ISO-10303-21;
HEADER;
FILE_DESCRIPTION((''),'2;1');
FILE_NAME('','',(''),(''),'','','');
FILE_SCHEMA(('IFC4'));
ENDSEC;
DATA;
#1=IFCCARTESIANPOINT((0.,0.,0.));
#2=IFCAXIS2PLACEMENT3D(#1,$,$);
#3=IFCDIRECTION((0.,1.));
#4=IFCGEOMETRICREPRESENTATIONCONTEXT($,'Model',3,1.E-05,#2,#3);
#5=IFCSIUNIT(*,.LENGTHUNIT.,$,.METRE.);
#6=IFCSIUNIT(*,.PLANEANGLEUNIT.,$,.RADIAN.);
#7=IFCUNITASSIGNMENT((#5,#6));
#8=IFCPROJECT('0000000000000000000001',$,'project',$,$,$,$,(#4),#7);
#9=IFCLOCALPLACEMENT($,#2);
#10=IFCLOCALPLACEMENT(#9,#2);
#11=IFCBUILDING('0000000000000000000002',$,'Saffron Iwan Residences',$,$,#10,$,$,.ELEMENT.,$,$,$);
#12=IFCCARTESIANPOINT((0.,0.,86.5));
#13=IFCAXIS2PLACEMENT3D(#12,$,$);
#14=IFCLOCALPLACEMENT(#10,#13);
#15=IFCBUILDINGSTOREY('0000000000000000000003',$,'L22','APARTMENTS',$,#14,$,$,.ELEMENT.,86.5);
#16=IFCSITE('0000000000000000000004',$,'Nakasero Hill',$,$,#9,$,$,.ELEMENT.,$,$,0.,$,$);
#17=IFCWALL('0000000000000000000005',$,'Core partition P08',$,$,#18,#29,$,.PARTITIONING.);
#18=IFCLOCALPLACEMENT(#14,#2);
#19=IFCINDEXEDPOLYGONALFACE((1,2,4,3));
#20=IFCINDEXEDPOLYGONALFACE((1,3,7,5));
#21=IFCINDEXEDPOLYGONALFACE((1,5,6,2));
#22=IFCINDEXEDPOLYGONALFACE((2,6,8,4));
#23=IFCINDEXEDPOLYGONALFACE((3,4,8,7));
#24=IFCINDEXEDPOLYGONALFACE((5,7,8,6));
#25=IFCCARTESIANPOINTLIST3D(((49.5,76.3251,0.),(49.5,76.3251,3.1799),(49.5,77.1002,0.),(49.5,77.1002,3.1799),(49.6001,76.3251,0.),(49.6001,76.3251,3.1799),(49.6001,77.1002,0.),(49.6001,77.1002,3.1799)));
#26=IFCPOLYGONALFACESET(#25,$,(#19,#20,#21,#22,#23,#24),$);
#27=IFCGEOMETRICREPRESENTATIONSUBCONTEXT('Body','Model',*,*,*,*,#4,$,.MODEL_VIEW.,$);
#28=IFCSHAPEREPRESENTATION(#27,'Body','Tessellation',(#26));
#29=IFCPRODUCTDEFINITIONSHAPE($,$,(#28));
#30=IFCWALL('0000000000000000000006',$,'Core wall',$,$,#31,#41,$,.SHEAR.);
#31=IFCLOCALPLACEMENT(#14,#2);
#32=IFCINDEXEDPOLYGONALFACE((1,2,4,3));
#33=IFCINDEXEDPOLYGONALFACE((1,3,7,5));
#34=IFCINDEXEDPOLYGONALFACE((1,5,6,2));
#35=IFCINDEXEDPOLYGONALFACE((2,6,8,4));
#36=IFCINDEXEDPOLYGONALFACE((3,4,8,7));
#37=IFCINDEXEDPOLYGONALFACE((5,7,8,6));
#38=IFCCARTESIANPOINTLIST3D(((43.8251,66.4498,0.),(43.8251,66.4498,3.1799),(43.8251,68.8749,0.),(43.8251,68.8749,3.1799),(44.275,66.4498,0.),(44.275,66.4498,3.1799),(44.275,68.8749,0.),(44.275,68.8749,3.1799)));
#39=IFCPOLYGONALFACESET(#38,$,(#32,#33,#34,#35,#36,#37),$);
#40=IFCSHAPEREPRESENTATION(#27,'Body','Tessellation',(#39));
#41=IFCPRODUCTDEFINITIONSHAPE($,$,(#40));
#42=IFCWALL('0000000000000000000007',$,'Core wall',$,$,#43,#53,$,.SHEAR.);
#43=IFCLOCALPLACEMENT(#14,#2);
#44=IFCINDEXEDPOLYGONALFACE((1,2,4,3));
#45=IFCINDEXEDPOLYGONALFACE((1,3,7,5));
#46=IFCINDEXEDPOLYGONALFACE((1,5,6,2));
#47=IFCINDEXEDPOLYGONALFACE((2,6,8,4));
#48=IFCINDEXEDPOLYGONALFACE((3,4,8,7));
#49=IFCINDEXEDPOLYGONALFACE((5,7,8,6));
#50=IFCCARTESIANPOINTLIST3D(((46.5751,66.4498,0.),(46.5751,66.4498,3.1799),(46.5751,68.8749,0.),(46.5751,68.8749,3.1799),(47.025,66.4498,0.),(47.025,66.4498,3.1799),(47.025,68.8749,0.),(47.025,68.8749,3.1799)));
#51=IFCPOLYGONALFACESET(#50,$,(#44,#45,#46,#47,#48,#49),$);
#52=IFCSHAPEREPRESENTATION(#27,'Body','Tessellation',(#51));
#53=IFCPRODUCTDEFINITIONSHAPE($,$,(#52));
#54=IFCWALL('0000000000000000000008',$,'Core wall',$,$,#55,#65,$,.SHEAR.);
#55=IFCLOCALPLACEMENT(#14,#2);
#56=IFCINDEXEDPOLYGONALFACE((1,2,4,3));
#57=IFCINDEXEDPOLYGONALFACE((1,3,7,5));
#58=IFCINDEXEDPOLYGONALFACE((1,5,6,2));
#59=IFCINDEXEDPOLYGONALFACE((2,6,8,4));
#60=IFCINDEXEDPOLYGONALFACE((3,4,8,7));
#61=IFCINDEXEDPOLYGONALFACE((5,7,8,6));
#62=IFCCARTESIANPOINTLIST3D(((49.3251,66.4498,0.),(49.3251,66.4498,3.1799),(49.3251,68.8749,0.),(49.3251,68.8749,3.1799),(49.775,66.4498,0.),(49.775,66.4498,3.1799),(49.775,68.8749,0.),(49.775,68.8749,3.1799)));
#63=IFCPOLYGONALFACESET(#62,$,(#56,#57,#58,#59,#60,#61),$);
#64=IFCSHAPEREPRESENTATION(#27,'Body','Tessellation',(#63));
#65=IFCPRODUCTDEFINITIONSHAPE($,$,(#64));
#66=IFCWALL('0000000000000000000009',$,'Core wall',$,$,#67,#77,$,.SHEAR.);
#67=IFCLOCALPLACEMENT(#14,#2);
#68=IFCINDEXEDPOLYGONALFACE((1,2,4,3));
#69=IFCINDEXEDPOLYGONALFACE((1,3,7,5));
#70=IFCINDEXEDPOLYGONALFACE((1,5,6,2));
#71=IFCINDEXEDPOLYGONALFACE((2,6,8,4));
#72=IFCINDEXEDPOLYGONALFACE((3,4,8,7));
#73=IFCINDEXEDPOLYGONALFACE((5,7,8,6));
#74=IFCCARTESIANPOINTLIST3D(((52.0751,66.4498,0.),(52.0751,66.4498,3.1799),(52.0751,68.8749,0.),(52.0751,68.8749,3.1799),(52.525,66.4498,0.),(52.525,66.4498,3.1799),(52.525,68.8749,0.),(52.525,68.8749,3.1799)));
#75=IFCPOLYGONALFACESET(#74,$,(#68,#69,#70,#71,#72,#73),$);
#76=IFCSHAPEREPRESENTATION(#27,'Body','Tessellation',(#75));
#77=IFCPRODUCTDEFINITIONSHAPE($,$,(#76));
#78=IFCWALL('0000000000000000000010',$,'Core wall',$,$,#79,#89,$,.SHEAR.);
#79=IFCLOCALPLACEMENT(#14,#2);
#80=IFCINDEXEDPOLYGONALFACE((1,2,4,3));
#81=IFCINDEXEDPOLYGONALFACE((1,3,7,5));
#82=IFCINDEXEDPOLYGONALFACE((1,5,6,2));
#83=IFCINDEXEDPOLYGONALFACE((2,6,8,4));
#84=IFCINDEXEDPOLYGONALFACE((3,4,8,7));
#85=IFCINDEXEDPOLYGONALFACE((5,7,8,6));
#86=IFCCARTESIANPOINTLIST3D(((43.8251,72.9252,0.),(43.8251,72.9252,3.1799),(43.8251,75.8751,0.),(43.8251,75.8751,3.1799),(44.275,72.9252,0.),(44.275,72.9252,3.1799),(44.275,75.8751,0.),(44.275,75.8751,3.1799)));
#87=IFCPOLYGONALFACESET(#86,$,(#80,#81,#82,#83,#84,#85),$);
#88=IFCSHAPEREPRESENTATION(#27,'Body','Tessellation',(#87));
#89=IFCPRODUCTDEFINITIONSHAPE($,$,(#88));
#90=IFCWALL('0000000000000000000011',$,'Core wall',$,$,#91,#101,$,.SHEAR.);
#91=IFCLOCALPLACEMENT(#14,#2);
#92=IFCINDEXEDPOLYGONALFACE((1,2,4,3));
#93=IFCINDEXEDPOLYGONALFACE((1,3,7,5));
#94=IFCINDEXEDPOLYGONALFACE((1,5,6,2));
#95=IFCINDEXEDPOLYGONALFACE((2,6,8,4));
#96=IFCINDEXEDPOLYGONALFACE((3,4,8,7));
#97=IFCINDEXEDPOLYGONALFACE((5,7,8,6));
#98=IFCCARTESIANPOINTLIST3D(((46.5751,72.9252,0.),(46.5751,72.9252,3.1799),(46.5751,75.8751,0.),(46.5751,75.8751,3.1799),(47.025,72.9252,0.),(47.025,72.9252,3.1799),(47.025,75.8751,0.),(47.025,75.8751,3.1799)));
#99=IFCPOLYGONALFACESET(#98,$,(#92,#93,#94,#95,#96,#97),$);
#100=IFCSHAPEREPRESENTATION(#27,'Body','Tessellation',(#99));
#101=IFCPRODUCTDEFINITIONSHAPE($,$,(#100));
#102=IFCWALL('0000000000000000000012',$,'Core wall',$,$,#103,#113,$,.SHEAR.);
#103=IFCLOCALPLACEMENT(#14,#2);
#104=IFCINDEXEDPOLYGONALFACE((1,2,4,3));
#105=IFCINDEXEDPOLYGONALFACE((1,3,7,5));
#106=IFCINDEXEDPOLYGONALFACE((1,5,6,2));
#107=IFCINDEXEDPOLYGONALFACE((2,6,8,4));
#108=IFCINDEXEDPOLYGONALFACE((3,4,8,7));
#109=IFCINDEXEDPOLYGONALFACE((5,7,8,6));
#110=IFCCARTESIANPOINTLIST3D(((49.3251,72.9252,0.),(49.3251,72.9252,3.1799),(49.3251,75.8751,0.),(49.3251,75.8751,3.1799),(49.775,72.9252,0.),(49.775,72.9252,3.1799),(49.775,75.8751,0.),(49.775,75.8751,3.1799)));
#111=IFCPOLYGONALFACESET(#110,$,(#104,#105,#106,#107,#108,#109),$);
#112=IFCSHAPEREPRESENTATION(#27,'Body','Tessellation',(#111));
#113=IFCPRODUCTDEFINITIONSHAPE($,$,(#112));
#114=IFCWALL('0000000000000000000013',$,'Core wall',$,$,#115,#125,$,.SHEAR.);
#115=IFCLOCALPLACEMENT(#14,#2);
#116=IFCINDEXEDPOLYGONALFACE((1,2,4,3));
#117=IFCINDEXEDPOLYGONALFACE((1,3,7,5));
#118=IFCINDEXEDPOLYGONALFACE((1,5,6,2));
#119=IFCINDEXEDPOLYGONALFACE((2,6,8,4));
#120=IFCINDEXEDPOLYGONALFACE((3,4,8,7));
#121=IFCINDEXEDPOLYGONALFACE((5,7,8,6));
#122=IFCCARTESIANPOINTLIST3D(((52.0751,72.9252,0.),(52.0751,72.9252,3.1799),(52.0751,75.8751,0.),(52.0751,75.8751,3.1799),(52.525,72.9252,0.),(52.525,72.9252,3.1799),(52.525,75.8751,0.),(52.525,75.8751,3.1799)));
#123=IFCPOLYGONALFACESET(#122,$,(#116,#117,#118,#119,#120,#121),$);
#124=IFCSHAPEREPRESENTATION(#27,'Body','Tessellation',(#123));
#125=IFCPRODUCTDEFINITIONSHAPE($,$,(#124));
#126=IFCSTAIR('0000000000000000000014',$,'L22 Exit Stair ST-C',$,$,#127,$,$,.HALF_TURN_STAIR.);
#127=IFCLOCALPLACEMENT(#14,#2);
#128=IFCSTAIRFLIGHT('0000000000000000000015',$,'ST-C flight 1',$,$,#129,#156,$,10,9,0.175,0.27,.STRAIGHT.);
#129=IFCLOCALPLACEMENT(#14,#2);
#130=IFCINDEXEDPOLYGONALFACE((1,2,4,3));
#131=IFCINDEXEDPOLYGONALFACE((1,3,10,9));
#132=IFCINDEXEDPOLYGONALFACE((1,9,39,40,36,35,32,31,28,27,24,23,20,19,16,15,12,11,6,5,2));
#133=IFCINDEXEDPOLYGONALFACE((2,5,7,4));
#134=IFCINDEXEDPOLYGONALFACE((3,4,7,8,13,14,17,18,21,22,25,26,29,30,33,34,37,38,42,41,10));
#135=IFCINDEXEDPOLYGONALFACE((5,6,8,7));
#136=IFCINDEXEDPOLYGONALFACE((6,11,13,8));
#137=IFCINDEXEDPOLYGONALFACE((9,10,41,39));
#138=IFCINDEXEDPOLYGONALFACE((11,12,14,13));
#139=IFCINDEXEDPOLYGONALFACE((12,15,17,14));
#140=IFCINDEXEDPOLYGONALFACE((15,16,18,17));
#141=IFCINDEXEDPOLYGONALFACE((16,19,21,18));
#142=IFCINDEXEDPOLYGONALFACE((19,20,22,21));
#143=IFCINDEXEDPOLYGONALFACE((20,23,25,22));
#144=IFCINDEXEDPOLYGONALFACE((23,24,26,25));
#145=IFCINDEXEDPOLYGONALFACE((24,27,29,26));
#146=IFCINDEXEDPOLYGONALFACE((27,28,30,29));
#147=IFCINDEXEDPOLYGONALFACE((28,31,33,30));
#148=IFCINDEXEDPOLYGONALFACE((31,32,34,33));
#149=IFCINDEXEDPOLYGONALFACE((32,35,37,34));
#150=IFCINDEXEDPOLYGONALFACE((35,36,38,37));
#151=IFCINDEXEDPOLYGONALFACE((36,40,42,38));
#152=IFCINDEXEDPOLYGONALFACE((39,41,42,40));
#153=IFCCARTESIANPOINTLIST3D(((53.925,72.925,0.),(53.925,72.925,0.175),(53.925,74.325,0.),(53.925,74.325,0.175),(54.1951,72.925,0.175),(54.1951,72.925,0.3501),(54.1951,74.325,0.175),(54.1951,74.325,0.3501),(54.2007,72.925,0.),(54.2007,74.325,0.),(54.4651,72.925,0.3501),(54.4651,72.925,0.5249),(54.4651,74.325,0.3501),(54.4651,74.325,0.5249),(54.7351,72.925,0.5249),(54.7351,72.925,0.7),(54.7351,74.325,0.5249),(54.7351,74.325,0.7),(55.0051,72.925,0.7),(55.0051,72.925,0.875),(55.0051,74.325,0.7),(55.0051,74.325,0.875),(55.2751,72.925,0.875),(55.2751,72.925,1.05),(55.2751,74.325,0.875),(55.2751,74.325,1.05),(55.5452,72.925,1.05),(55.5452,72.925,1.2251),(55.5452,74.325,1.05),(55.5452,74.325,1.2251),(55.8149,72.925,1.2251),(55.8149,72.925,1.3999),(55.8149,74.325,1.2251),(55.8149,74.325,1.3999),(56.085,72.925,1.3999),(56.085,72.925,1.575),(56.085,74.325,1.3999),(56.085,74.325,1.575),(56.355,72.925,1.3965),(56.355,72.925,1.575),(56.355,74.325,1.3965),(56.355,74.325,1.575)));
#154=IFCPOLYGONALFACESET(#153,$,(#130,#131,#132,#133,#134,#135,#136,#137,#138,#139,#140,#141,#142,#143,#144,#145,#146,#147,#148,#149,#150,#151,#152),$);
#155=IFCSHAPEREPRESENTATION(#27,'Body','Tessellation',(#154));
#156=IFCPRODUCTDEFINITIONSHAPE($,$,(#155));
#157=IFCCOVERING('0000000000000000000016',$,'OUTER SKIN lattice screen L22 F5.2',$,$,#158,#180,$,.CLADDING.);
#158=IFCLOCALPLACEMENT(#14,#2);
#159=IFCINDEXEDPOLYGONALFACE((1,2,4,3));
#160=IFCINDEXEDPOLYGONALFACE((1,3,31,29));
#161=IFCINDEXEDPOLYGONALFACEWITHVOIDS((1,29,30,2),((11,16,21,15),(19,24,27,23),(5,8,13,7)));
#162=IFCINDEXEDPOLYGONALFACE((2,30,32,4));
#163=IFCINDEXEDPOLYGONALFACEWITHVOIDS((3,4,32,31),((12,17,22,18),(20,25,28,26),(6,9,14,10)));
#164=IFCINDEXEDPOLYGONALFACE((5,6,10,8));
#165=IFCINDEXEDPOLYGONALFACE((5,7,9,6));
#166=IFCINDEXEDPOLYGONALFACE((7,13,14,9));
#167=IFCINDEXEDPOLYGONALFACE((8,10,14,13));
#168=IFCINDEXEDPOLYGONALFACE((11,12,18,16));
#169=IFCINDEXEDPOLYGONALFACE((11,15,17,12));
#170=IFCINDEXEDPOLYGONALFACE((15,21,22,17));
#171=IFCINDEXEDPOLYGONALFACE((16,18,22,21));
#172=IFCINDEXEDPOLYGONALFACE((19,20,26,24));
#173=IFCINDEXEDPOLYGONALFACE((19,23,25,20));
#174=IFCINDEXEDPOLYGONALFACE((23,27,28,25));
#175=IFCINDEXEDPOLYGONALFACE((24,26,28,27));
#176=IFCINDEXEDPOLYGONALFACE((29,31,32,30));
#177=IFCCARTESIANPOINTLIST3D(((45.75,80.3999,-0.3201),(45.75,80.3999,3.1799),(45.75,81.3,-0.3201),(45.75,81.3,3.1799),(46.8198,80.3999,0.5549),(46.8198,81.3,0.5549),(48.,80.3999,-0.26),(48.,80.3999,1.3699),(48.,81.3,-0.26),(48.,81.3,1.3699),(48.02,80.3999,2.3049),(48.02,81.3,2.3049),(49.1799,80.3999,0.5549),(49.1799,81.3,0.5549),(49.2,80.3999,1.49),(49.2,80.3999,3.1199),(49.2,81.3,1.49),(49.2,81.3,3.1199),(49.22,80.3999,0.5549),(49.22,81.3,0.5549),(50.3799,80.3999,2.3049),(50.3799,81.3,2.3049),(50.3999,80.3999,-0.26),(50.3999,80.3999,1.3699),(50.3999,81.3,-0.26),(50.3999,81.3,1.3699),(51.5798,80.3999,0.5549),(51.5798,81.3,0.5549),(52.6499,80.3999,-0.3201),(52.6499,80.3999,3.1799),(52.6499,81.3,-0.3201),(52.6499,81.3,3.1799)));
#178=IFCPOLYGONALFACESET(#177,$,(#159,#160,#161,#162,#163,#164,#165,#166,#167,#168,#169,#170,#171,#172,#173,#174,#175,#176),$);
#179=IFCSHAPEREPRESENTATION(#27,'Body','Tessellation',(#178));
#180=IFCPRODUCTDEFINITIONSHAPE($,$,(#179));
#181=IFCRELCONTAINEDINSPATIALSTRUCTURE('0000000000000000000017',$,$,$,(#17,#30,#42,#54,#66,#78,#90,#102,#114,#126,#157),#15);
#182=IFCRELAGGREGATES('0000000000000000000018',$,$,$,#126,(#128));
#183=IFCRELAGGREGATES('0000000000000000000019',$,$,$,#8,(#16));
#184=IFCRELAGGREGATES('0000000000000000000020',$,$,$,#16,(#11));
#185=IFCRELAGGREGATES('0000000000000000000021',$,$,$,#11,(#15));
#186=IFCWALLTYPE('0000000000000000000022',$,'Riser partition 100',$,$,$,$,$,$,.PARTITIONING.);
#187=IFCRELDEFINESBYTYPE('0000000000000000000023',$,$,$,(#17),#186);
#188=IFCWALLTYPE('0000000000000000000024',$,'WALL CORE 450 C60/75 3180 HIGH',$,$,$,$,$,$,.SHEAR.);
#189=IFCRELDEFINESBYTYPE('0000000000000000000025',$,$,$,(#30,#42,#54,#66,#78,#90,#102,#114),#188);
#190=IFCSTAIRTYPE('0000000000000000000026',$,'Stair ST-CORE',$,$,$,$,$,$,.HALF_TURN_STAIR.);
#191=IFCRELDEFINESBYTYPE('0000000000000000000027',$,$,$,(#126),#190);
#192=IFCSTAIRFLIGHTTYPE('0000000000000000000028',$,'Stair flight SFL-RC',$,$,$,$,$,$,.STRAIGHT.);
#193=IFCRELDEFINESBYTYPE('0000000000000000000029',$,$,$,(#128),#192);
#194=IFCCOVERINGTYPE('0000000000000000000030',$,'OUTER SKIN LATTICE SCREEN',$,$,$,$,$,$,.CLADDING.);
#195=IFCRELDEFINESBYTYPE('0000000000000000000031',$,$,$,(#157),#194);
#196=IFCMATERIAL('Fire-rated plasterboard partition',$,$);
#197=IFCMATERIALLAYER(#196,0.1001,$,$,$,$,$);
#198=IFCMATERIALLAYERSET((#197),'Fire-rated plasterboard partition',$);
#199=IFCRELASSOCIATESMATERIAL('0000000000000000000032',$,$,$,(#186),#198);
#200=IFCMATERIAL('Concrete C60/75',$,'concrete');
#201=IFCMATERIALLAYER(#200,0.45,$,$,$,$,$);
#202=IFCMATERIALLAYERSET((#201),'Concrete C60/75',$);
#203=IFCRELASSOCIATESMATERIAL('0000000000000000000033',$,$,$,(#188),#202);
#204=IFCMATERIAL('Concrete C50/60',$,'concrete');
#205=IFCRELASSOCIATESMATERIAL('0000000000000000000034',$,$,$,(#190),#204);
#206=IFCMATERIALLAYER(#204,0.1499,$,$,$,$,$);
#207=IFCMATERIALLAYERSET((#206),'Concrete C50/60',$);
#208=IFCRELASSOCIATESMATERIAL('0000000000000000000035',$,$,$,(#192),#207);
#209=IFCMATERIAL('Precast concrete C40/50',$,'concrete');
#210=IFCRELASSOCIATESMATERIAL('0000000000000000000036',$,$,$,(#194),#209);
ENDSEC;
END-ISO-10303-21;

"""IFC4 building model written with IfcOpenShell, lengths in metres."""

from ifc_helpers import new_model, si_unit, direction, frame, frame_2d, origin, place, context, subcontext, project, spatial, polyline, rectangle, outline, extrude, material, layer, layer_set, type_object, element, aggregate, save


model = new_model("IFC4")

# Units and contexts
model_context = context("Model", 3, precision=1e-05, world=origin(), true_north=direction((0.0, 1.0)))
body_context = subcontext(model_context, "Body", "Model", "MODEL_VIEW")
ifc_project = project(units=[si_unit("LENGTHUNIT", "METRE"), si_unit("PLANEANGLEUNIT", "RADIAN")], contexts=[model_context])

# Site, building, storey
site_placement = place(None, origin())
site = spatial("IfcSite", under=ifc_project, at=site_placement, Name="Nakasero Hill", CompositionType="ELEMENT", RefElevation=0.0)
building_placement = place(site_placement, origin())
building = spatial("IfcBuilding", under=site, at=building_placement, Name="Saffron Iwan Residences", CompositionType="ELEMENT")
storey_placement = place(building_placement, frame((0.0, 0.0, 86.5)))
storey = spatial("IfcBuildingStorey", under=building, at=storey_placement, Name="L22", Description="APARTMENTS", CompositionType="ELEMENT", Elevation=86.5)

# Shared definitions
ifc_material_1 = material(Name="Concrete C60/75", Category="concrete")

# Shared definitions
ifc_material_2 = material(Name="Fire-rated plasterboard partition")

# Walls
ifc_layer_1 = layer(ifc_material_2, 0.1001)
ifc_layer_set_1 = layer_set([ifc_layer_1], Name="Fire-rated plasterboard partition")
wall_type_1 = type_object("IfcWallType", Name="Riser partition 100", PredefinedType="PARTITIONING", material=ifc_layer_set_1)
for number, where, z_axis, x_axis, name in (
    (1, (49.55, 76.325, 0.0), (0.0, 0.0, 1.0), (0.0, 1.0, 0.0), "Core partition P08"),
):
    element("IfcWall", number, at=place(storey_placement, frame(where, z_axis=z_axis, x_axis=x_axis)), inside=storey, type_object=wall_type_1, Name=name, PredefinedType="PARTITIONING", context=body_context, shape_type="SweptSolid", body=[
        extrude(rectangle(XDim=0.7751, YDim=0.1001, at=frame_2d((0.3877, 0.0))), origin(), (0.0, 0.0, 1.0), 3.1799),
    ])
ifc_layer_2 = layer(ifc_material_1, 0.45)
ifc_layer_set_2 = layer_set([ifc_layer_2], Name="Concrete C60/75")
wall_type_2 = type_object("IfcWallType", Name="WALL CORE 450 C60/75 3180 HIGH", PredefinedType="SHEAR", material=ifc_layer_set_2)
for number, where, z_axis, x_axis, name in (
    (2, (44.05, 66.45, 0.0), (0.0, 0.0, 1.0), (0.0, 1.0, 0.0), "Core wall"),
    (3, (46.8, 66.45, 0.0), (0.0, 0.0, 1.0), (0.0, 1.0, 0.0), "Core wall"),
    (4, (49.55, 66.45, 0.0), (0.0, 0.0, 1.0), (0.0, 1.0, 0.0), "Core wall"),
    (5, (52.3, 66.45, 0.0), (0.0, 0.0, 1.0), (0.0, 1.0, 0.0), "Core wall"),
):
    element("IfcWall", number, at=place(storey_placement, frame(where, z_axis=z_axis, x_axis=x_axis)), inside=storey, type_object=wall_type_2, Name=name, PredefinedType="SHEAR", context=body_context, shape_type="SweptSolid", body=[
        extrude(rectangle(XDim=2.425, YDim=0.45, at=frame_2d((1.2124, 0.0))), origin(), (0.0, 0.0, 1.0), 3.1799),
    ])
for number, where, z_axis, x_axis, name in (
    (6, (44.05, 72.925, 0.0), (0.0, 0.0, 1.0), (0.0, 1.0, 0.0), "Core wall"),
    (7, (46.8, 72.925, 0.0), (0.0, 0.0, 1.0), (0.0, 1.0, 0.0), "Core wall"),
    (8, (49.55, 72.925, 0.0), (0.0, 0.0, 1.0), (0.0, 1.0, 0.0), "Core wall"),
    (9, (52.3, 72.925, 0.0), (0.0, 0.0, 1.0), (0.0, 1.0, 0.0), "Core wall"),
):
    element("IfcWall", number, at=place(storey_placement, frame(where, z_axis=z_axis, x_axis=x_axis)), inside=storey, type_object=wall_type_2, Name=name, PredefinedType="SHEAR", context=body_context, shape_type="SweptSolid", body=[
        extrude(rectangle(XDim=2.95, YDim=0.45, at=frame_2d((1.4751, 0.0))), origin(), (0.0, 0.0, 1.0), 3.1799),
    ])

# Stair, stair flight
ifc_material_3 = material(Name="Concrete C50/60", Category="concrete")
stair_type = type_object("IfcStairType", Name="Stair ST-CORE", PredefinedType="HALF_TURN_STAIR", material=ifc_material_3)
stair_placement = place(storey_placement, origin())
stair = element("IfcStair", 10, at=stair_placement, inside=storey, type_object=stair_type, Name="L22 Exit Stair ST-C", PredefinedType="HALF_TURN_STAIR")
ifc_layer_3 = layer(ifc_material_3, 0.1499)
ifc_layer_set_3 = layer_set([ifc_layer_3], Name="Concrete C50/60")
stair_flight_type = type_object("IfcStairFlightType", Name="Stair flight SFL-RC", PredefinedType="STRAIGHT", material=ifc_layer_set_3)
stair_flight_placement = place(storey_placement, frame((53.925, 73.625, 0.0), z_axis=(0.0, 0.0, 1.0), x_axis=(1.0, 0.0, 0.0)))
stair_flight = element("IfcStairFlight", 11, at=stair_flight_placement, type_object=stair_flight_type, Name="ST-C flight 1", NumberOfRisers=10, NumberOfTreads=9, PredefinedType="STRAIGHT", RiserHeight=0.175, TreadLength=0.27, context=body_context, shape_type="SweptSolid", body=[
    extrude(outline(polyline([(0.0, 0.0), (0.0, 0.175), (0.27, 0.175), (0.27, 0.3501), (0.54, 0.3501), (0.54, 0.5249), (0.8101, 0.5249), (0.8101, 0.7), (1.0801, 0.7), (1.0801, 0.875), (1.3501, 0.875), (1.3501, 1.05), (1.6201, 1.05), (1.6201, 1.2251), (1.8899, 1.2251), (1.8899, 1.3999), (2.1599, 1.3999), (2.1599, 1.575), (2.4299, 1.575), (2.4299, 1.75), (2.4299, 1.3965), (0.2756, 0.0), (0.0, 0.0)])), frame((0.0, 0.7, 0.0), z_axis=(0.0, -1.0, 0.0), x_axis=(1.0, 0.0, 0.0)), (0.0, 0.0, 1.0), 1.3999),
])
aggregate(stair, [stair_flight])

# Covering
ifc_material_4 = material(Name="Precast concrete C40/50", Category="concrete")
covering_type_1 = type_object("IfcCoveringType", Name="OUTER SKIN LATTICE SCREEN", PredefinedType="CLADDING", material=ifc_material_4)
covering_placement = place(storey_placement, frame((52.6499, 80.3999, -0.3201), z_axis=(0.0, 1.0, 0.0), x_axis=(-1.0, 0.0, 0.0)))
element("IfcCovering", 12, at=covering_placement, inside=storey, type_object=covering_type_1, Name="OUTER SKIN lattice screen L22 F5.2", PredefinedType="CLADDING", context=body_context, shape_type="SweptSolid", body=[
    extrude(outline(polyline([(0.0, 0.0), (6.8999, 0.0), (6.8999, 3.5), (0.0, 3.5), (0.0, 0.0)]), holes=[polyline([(1.0701, 0.875), (2.25, 0.0601), (3.4299, 0.875), (2.25, 1.6899), (1.0701, 0.875)]), polyline([(3.47, 0.875), (4.6499, 0.0601), (5.8301, 0.875), (4.6499, 1.6899), (3.47, 0.875)]), polyline([(2.27, 2.625), (3.45, 1.8101), (4.6299, 2.625), (3.45, 3.4399), (2.27, 2.625)])]), origin(), (0.0, 0.0, 1.0), 0.9001),
])

save(model, "model.ifc")
